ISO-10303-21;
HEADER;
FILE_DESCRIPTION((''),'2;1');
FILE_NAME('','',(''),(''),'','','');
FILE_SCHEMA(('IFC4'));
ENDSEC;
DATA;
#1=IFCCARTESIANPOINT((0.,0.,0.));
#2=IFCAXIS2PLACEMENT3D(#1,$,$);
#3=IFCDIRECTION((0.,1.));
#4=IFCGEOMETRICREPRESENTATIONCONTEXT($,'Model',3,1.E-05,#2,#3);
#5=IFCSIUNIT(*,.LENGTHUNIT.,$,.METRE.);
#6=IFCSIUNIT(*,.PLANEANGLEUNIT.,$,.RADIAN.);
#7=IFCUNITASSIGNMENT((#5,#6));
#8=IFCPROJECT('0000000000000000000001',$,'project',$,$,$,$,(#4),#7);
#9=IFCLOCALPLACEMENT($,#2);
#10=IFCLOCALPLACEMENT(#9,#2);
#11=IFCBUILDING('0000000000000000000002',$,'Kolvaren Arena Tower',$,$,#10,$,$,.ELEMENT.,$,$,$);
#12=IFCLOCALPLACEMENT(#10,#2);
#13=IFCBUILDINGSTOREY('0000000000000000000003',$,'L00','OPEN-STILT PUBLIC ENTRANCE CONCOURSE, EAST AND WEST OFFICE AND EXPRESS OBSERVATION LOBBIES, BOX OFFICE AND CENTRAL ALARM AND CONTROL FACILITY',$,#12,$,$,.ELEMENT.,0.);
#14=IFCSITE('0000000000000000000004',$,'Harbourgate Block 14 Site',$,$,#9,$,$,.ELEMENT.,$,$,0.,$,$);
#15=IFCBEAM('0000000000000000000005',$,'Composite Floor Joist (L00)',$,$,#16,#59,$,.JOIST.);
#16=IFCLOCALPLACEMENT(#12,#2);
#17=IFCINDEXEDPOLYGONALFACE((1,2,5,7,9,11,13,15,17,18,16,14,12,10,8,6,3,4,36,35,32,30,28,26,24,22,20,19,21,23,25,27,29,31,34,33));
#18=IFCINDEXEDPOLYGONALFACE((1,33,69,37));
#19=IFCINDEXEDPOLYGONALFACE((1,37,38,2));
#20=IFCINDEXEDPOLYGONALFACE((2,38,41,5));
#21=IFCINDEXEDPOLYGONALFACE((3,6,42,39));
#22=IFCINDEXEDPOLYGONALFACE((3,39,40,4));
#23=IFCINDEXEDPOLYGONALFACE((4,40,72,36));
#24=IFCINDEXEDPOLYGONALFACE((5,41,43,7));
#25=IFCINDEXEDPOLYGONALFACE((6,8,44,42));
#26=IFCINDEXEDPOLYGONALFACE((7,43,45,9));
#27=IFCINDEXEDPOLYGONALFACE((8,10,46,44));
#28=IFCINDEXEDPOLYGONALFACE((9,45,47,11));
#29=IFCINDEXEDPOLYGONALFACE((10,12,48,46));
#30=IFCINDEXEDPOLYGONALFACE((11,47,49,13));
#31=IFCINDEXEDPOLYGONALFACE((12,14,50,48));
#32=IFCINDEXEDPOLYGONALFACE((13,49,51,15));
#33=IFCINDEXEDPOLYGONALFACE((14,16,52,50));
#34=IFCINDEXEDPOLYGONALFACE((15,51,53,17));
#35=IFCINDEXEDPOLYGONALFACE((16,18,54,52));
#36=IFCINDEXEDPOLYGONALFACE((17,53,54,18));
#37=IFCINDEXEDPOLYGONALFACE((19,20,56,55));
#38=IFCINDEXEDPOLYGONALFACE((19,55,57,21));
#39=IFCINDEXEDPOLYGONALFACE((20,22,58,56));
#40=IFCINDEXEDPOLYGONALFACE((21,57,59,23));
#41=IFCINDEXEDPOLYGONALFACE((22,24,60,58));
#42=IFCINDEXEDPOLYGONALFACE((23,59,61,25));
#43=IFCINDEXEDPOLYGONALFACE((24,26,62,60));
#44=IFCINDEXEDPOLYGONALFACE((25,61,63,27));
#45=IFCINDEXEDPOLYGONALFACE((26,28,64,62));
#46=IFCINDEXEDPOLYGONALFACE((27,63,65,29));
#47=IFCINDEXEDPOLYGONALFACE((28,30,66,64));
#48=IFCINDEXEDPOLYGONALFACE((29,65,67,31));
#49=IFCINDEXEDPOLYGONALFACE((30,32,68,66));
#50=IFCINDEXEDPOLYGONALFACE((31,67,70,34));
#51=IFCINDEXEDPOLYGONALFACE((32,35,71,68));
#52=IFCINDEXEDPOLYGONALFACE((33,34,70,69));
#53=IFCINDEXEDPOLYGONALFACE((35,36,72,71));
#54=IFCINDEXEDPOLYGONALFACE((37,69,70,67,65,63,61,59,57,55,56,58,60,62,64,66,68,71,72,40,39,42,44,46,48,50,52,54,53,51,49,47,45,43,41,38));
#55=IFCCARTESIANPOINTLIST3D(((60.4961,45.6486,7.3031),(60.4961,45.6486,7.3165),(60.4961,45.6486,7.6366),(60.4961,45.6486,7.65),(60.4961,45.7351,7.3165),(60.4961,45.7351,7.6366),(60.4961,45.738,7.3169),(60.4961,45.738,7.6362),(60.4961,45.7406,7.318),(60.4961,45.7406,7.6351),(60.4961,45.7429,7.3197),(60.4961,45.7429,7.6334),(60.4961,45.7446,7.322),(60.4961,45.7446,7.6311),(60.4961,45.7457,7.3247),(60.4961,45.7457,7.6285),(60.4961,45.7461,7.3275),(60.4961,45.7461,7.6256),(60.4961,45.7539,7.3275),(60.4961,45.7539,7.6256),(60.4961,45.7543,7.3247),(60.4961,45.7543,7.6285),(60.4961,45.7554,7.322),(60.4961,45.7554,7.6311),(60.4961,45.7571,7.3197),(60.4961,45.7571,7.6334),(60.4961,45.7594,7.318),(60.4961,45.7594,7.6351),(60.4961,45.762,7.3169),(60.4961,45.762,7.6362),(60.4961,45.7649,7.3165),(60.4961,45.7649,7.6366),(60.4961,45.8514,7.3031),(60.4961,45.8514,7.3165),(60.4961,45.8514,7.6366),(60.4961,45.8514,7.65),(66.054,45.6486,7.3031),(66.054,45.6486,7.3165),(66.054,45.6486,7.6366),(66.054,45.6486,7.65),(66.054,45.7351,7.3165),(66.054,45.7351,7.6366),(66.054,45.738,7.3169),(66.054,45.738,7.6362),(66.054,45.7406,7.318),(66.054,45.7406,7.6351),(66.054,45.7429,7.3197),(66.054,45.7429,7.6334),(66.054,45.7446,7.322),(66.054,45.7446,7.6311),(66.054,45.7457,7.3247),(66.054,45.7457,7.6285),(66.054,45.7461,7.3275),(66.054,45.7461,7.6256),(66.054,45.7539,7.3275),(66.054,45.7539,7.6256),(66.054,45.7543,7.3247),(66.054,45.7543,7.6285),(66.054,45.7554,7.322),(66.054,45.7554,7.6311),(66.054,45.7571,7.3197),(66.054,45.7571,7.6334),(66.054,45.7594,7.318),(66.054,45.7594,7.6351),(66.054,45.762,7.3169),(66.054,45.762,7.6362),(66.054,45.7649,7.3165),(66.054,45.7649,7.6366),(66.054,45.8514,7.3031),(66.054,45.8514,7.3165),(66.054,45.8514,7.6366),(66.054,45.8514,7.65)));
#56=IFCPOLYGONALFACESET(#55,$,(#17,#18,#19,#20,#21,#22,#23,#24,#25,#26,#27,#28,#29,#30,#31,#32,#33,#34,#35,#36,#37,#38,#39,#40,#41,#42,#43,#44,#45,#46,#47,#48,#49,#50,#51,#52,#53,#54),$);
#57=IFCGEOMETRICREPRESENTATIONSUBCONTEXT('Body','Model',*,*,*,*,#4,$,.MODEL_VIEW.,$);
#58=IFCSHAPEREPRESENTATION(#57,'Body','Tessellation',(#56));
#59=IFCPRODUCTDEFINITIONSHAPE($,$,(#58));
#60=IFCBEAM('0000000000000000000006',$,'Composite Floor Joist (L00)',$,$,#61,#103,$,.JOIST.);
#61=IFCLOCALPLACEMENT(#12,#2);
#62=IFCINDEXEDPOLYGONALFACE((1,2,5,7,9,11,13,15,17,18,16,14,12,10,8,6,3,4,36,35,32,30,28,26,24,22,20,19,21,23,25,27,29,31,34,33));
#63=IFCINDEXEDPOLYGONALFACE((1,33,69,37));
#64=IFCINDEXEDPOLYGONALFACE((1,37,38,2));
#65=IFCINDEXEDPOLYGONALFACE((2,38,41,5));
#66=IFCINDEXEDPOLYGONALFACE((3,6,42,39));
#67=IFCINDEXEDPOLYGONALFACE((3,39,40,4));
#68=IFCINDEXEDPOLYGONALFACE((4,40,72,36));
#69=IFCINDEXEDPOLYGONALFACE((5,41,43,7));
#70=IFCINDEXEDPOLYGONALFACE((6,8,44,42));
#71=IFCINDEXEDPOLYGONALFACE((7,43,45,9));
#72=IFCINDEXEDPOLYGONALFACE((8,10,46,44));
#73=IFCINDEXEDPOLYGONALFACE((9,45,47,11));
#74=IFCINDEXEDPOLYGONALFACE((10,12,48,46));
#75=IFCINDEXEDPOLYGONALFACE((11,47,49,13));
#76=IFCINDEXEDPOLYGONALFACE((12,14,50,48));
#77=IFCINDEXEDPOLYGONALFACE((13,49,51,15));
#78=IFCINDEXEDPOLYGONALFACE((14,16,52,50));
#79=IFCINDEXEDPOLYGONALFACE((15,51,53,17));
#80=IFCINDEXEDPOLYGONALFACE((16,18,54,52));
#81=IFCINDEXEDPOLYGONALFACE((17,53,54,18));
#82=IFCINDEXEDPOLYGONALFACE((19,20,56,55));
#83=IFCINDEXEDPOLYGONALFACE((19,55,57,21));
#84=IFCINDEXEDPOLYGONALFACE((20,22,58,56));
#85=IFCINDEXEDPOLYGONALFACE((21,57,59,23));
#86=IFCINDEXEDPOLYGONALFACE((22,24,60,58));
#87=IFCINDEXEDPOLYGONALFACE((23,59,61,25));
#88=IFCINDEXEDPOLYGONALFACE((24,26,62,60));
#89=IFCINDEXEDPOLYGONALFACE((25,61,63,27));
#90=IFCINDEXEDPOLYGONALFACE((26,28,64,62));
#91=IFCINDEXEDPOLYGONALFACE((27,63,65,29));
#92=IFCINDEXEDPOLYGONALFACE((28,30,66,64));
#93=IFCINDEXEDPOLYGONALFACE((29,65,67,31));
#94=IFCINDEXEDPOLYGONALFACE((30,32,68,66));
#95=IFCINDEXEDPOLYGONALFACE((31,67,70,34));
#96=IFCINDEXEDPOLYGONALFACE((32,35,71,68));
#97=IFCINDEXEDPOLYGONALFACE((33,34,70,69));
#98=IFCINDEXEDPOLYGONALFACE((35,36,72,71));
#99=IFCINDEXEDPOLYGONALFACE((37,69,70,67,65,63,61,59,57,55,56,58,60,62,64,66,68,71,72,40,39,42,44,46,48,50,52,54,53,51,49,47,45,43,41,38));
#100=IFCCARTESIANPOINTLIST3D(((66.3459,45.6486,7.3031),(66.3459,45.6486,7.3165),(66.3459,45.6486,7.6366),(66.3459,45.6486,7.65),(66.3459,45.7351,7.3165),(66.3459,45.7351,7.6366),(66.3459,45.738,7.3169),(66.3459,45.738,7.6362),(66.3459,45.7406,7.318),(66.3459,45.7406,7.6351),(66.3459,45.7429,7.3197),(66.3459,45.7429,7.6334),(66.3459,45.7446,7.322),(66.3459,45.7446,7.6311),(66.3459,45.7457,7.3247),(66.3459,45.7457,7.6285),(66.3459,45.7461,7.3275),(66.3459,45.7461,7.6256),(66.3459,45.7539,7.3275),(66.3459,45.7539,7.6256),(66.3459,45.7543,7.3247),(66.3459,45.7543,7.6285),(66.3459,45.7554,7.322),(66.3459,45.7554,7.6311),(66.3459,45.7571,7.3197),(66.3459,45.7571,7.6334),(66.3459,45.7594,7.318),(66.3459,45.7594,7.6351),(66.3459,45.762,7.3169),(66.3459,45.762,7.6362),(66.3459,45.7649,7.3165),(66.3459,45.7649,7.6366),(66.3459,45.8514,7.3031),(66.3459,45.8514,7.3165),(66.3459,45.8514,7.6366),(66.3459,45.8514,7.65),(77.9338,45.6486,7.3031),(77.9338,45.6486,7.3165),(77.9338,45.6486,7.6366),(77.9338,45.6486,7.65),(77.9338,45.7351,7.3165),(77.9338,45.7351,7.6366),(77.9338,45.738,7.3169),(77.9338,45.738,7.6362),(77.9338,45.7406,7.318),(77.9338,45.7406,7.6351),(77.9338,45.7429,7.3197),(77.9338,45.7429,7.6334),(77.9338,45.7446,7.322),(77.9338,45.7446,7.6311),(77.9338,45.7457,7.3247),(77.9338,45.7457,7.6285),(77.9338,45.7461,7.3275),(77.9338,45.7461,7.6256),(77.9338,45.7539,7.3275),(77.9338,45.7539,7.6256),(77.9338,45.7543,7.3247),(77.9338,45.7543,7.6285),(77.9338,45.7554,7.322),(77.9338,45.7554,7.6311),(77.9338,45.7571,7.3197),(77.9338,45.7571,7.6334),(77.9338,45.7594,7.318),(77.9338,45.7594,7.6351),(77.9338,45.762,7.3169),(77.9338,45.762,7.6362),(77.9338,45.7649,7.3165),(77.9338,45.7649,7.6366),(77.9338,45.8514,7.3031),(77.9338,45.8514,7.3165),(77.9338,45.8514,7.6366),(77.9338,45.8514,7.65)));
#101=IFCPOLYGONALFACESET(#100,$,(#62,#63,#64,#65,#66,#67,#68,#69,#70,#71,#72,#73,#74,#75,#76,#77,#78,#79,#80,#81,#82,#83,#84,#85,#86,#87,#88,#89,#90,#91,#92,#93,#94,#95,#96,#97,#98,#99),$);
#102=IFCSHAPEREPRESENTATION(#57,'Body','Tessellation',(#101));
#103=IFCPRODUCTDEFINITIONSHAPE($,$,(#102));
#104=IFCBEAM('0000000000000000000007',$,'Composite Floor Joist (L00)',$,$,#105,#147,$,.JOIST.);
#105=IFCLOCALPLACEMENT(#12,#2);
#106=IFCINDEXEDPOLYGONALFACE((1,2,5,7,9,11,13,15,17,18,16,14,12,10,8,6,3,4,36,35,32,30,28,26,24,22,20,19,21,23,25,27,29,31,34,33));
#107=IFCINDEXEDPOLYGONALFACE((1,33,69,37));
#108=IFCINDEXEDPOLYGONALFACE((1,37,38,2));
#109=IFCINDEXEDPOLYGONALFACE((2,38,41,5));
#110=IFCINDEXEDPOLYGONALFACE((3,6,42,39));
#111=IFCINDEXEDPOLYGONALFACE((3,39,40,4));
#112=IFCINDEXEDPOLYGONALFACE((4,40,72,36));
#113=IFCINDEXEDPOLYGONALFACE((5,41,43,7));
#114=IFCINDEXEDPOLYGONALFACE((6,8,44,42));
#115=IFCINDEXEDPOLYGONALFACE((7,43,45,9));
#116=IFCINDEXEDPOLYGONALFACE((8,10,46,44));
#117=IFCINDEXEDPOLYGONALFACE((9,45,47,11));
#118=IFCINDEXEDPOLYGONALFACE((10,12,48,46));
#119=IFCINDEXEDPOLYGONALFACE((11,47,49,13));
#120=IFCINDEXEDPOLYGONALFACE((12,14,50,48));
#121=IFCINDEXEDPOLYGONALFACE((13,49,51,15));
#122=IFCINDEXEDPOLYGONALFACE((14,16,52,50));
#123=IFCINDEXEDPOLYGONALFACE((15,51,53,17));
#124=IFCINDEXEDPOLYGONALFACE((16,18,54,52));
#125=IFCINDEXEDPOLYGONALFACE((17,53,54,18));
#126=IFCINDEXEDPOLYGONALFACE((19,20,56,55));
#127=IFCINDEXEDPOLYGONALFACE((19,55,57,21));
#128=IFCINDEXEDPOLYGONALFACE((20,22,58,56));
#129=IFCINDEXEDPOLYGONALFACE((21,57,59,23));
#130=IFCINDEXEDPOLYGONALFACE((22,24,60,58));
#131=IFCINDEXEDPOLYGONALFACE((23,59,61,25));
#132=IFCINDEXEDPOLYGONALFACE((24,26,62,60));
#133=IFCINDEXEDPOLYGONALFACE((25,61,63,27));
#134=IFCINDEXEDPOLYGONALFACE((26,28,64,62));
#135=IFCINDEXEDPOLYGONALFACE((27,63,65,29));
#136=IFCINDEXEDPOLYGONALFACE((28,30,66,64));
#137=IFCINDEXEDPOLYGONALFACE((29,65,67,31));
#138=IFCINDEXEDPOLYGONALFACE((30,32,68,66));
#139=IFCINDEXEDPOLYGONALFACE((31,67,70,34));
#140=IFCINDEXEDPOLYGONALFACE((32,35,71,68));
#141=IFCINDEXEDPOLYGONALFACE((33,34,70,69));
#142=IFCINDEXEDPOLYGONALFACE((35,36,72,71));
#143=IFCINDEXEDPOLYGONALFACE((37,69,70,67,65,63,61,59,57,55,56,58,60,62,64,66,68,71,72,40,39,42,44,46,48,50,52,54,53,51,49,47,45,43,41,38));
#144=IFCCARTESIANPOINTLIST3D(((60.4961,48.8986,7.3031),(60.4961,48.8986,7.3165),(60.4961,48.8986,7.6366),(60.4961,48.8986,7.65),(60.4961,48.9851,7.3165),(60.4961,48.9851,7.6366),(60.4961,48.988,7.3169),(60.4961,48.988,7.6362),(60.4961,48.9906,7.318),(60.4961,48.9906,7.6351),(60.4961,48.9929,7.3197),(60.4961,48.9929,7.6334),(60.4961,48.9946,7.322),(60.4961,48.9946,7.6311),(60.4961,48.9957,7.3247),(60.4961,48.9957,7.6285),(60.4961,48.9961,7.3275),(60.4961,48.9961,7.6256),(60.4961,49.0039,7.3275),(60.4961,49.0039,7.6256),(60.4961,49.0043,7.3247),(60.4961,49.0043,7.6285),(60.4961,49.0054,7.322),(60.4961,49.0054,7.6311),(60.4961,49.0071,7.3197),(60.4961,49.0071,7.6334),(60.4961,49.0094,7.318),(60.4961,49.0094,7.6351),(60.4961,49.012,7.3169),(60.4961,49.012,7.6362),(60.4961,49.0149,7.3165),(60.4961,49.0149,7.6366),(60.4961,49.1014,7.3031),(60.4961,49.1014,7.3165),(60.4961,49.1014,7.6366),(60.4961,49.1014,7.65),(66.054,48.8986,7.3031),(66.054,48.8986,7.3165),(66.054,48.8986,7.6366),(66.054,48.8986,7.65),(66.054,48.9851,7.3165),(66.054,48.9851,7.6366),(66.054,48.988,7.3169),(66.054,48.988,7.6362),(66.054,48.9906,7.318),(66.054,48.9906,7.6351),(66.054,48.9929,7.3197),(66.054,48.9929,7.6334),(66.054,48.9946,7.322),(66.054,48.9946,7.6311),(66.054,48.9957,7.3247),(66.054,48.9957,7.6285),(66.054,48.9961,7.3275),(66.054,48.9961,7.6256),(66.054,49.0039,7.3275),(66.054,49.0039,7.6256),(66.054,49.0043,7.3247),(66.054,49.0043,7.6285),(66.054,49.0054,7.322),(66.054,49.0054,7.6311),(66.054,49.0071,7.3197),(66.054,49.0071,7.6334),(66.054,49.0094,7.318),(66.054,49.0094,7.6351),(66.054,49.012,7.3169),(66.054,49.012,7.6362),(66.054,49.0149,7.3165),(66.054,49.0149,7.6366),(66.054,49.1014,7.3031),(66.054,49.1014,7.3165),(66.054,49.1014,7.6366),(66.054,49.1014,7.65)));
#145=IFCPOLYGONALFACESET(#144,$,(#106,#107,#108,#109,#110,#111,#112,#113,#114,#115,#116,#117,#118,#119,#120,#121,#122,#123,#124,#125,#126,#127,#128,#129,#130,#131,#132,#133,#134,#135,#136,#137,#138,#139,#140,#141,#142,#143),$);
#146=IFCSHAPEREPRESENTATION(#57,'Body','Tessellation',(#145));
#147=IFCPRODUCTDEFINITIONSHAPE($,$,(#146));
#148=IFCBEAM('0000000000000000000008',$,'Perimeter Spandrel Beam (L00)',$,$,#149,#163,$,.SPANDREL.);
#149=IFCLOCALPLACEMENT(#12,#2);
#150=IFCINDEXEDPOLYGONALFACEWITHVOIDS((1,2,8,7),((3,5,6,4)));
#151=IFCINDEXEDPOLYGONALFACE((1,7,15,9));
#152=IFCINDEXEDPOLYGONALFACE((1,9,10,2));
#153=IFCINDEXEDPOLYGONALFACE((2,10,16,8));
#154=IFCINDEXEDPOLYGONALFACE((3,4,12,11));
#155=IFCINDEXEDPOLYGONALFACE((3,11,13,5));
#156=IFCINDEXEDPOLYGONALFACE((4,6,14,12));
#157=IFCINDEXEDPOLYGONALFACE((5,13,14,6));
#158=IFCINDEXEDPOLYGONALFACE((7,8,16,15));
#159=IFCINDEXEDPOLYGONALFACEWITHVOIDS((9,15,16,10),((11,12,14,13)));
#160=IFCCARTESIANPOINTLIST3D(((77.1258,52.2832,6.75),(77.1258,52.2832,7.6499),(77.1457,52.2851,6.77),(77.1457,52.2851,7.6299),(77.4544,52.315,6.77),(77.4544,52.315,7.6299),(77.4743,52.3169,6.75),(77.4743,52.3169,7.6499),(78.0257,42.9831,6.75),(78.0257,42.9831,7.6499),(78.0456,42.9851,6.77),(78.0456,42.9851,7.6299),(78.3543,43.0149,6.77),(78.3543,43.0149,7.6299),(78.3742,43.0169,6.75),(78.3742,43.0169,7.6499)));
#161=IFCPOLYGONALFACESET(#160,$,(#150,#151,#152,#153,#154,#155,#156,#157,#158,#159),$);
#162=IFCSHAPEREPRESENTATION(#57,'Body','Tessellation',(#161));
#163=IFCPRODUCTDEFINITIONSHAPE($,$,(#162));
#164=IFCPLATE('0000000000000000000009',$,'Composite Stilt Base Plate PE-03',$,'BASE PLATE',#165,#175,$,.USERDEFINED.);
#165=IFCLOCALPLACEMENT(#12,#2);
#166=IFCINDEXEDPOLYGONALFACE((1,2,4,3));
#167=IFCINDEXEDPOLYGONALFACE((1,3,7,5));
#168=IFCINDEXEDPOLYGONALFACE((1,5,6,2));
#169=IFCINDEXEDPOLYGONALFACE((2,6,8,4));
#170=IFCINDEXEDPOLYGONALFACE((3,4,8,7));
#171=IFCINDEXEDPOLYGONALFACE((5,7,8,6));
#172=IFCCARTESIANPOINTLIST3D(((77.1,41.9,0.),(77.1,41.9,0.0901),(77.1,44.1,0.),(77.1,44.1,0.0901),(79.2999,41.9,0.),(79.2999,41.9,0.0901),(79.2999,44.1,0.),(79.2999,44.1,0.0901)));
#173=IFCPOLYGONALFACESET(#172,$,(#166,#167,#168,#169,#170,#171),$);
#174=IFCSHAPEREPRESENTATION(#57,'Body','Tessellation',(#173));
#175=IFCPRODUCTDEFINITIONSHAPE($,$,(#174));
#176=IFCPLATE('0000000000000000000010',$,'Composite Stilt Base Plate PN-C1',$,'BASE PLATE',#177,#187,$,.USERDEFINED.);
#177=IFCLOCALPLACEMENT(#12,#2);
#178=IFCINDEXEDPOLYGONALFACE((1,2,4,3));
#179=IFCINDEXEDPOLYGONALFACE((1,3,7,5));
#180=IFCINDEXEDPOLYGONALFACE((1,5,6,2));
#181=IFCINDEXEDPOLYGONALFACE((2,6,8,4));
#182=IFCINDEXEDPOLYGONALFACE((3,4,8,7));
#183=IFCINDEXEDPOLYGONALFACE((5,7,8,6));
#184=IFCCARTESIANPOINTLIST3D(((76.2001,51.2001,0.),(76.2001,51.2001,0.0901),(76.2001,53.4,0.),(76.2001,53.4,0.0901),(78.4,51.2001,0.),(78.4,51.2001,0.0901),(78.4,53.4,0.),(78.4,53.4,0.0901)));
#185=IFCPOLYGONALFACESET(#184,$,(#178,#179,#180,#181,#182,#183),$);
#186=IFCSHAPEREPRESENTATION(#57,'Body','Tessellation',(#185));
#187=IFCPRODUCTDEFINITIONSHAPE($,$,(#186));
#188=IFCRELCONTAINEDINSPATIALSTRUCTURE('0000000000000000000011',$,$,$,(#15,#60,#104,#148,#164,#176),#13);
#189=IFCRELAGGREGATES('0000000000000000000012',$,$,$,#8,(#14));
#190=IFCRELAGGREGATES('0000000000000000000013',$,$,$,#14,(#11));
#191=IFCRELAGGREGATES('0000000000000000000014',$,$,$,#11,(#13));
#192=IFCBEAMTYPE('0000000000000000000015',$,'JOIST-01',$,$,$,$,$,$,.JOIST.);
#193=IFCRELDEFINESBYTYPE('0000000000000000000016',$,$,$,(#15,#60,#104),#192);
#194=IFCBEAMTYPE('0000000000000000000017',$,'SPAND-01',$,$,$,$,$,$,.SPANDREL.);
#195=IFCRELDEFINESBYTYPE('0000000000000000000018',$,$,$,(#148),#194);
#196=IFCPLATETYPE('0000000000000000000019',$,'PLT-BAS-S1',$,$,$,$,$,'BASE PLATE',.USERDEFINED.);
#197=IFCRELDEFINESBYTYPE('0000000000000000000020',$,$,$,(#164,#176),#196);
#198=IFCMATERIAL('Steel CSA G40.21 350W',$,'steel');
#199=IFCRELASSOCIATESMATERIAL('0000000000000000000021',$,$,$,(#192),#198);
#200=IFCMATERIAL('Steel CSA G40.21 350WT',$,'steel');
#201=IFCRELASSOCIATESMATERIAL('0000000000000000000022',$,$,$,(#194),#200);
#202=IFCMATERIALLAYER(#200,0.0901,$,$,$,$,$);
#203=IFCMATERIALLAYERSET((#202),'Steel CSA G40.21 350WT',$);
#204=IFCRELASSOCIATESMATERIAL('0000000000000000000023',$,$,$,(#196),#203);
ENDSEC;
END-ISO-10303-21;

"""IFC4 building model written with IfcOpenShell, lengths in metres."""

from ifc_helpers import new_model, si_unit, direction, frame, origin, origin_2d, place, context, subcontext, project, spatial, rectangle, hollow_rectangle, i_section, extrude, material, layer, layer_set, material_profile, profile_set, type_object, element, save


model = new_model("IFC4")

# Units and contexts
model_context = context("Model", 3, precision=1e-05, world=origin(), true_north=direction((0.0, 1.0)))
body_context = subcontext(model_context, "Body", "Model", "MODEL_VIEW")
ifc_project = project(units=[si_unit("LENGTHUNIT", "METRE"), si_unit("PLANEANGLEUNIT", "RADIAN")], contexts=[model_context])

# Site, building, storey
site_placement = place(None, origin())
site = spatial("IfcSite", under=ifc_project, at=site_placement, Name="Harbourgate Block 14 Site", CompositionType="ELEMENT", RefElevation=0.0)
building_placement = place(site_placement, origin())
building = spatial("IfcBuilding", under=site, at=building_placement, Name="Kolvaren Arena Tower", CompositionType="ELEMENT")
storey_placement = place(building_placement, origin())
storey = spatial("IfcBuildingStorey", under=building, at=storey_placement, Name="L00", Description="OPEN-STILT PUBLIC ENTRANCE CONCOURSE, EAST AND WEST OFFICE AND EXPRESS OBSERVATION LOBBIES, BOX OFFICE AND CENTRAL ALARM AND CONTROL FACILITY", CompositionType="ELEMENT", Elevation=0.0)

# Beams
ifc_material_1 = material(Name="Steel CSA G40.21 350W", Category="steel")
ifc_material_profile_1 = material_profile(ifc_material_1, i_section(OverallWidth=0.2029, OverallDepth=0.3469, WebThickness=0.0078, FlangeThickness=0.0134, FilletRadius=0.011, at=origin_2d()), Name="W360x64")
ifc_profile_set_1 = profile_set([ifc_material_profile_1], Name="Steel CSA G40.21 350W")
beam_type_1 = type_object("IfcBeamType", Name="JOIST-01", PredefinedType="JOIST", material=ifc_profile_set_1)
beam_1_placement = place(storey_placement, frame((60.4961, 45.75, 7.4766), z_axis=(1.0, 0.0, 0.0), x_axis=(0.0, 1.0, 0.0)))
element("IfcBeam", 1, at=beam_1_placement, inside=storey, type_object=beam_type_1, Name="Composite Floor Joist (L00)", PredefinedType="JOIST", context=body_context, shape_type="SweptSolid", body=[
    extrude(i_section(OverallWidth=0.2029, OverallDepth=0.3469, WebThickness=0.0078, FlangeThickness=0.0134, FilletRadius=0.011, at=origin_2d()), origin(), (0.0, 0.0, 1.0), 5.5579),
])
beam_2_placement = place(storey_placement, frame((66.3459, 45.75, 7.4766), z_axis=(1.0, 0.0, 0.0), x_axis=(0.0, 1.0, 0.0)))
element("IfcBeam", 2, at=beam_2_placement, inside=storey, type_object=beam_type_1, Name="Composite Floor Joist (L00)", PredefinedType="JOIST", context=body_context, shape_type="SweptSolid", body=[
    extrude(i_section(OverallWidth=0.2029, OverallDepth=0.3469, WebThickness=0.0078, FlangeThickness=0.0134, FilletRadius=0.011, at=origin_2d()), origin(), (0.0, 0.0, 1.0), 11.5879),
])
beam_3_placement = place(storey_placement, frame((60.4961, 49.0, 7.4766), z_axis=(1.0, 0.0, 0.0), x_axis=(0.0, 1.0, 0.0)))
element("IfcBeam", 3, at=beam_3_placement, inside=storey, type_object=beam_type_1, Name="Composite Floor Joist (L00)", PredefinedType="JOIST", context=body_context, shape_type="SweptSolid", body=[
    extrude(i_section(OverallWidth=0.2029, OverallDepth=0.3469, WebThickness=0.0078, FlangeThickness=0.0134, FilletRadius=0.011, at=origin_2d()), origin(), (0.0, 0.0, 1.0), 5.5579),
])
ifc_material_2 = material(Name="Steel CSA G40.21 350WT", Category="steel")
ifc_material_profile_2 = material_profile(ifc_material_2, hollow_rectangle(XDim=0.3501, YDim=0.8999, WallThickness=0.02, at=origin_2d()), Name="HSS 900x350x20")
ifc_profile_set_2 = profile_set([ifc_material_profile_2], Name="Steel CSA G40.21 350WT")
beam_type_2 = type_object("IfcBeamType", Name="SPAND-01", PredefinedType="SPANDREL", material=ifc_profile_set_2)
beam_4_placement = place(storey_placement, frame((78.2, 43.0, 7.2), z_axis=(-0.096313, 0.995351, 0.0), x_axis=(-0.995351, -0.096313, 0.0)))
element("IfcBeam", 4, at=beam_4_placement, inside=storey, type_object=beam_type_2, Name="Perimeter Spandrel Beam (L00)", PredefinedType="SPANDREL", context=body_context, shape_type="SweptSolid", body=[
    extrude(hollow_rectangle(XDim=0.3501, YDim=0.8999, WallThickness=0.02, at=origin_2d()), origin(), (0.0, 0.0, 1.0), 9.3435),
])

# Plates
ifc_layer_1 = layer(ifc_material_2, 0.0901)
ifc_layer_set_1 = layer_set([ifc_layer_1], Name="Steel CSA G40.21 350WT")
plate_type = type_object("IfcPlateType", Name="PLT-BAS-S1", ElementType="BASE PLATE", PredefinedType="USERDEFINED", material=ifc_layer_set_1)
for number, where, z_axis, x_axis, name in (
    (5, (78.2, 43.0, 0.0), (0.0, 0.0, 1.0), (1.0, 0.0, 0.0), "Composite Stilt Base Plate PE-03"),
    (6, (77.3, 52.3, 0.0), (0.0, 0.0, 1.0), (1.0, 0.0, 0.0), "Composite Stilt Base Plate PN-C1"),
):
    element("IfcPlate", number, at=place(storey_placement, frame(where, z_axis=z_axis, x_axis=x_axis)), inside=storey, type_object=plate_type, Name=name, ObjectType="BASE PLATE", PredefinedType="USERDEFINED", context=body_context, shape_type="SweptSolid", body=[
        extrude(rectangle(XDim=2.2, YDim=2.2, at=origin_2d()), origin(), (0.0, 0.0, 1.0), 0.0901),
    ])

save(model, "model.ifc")
